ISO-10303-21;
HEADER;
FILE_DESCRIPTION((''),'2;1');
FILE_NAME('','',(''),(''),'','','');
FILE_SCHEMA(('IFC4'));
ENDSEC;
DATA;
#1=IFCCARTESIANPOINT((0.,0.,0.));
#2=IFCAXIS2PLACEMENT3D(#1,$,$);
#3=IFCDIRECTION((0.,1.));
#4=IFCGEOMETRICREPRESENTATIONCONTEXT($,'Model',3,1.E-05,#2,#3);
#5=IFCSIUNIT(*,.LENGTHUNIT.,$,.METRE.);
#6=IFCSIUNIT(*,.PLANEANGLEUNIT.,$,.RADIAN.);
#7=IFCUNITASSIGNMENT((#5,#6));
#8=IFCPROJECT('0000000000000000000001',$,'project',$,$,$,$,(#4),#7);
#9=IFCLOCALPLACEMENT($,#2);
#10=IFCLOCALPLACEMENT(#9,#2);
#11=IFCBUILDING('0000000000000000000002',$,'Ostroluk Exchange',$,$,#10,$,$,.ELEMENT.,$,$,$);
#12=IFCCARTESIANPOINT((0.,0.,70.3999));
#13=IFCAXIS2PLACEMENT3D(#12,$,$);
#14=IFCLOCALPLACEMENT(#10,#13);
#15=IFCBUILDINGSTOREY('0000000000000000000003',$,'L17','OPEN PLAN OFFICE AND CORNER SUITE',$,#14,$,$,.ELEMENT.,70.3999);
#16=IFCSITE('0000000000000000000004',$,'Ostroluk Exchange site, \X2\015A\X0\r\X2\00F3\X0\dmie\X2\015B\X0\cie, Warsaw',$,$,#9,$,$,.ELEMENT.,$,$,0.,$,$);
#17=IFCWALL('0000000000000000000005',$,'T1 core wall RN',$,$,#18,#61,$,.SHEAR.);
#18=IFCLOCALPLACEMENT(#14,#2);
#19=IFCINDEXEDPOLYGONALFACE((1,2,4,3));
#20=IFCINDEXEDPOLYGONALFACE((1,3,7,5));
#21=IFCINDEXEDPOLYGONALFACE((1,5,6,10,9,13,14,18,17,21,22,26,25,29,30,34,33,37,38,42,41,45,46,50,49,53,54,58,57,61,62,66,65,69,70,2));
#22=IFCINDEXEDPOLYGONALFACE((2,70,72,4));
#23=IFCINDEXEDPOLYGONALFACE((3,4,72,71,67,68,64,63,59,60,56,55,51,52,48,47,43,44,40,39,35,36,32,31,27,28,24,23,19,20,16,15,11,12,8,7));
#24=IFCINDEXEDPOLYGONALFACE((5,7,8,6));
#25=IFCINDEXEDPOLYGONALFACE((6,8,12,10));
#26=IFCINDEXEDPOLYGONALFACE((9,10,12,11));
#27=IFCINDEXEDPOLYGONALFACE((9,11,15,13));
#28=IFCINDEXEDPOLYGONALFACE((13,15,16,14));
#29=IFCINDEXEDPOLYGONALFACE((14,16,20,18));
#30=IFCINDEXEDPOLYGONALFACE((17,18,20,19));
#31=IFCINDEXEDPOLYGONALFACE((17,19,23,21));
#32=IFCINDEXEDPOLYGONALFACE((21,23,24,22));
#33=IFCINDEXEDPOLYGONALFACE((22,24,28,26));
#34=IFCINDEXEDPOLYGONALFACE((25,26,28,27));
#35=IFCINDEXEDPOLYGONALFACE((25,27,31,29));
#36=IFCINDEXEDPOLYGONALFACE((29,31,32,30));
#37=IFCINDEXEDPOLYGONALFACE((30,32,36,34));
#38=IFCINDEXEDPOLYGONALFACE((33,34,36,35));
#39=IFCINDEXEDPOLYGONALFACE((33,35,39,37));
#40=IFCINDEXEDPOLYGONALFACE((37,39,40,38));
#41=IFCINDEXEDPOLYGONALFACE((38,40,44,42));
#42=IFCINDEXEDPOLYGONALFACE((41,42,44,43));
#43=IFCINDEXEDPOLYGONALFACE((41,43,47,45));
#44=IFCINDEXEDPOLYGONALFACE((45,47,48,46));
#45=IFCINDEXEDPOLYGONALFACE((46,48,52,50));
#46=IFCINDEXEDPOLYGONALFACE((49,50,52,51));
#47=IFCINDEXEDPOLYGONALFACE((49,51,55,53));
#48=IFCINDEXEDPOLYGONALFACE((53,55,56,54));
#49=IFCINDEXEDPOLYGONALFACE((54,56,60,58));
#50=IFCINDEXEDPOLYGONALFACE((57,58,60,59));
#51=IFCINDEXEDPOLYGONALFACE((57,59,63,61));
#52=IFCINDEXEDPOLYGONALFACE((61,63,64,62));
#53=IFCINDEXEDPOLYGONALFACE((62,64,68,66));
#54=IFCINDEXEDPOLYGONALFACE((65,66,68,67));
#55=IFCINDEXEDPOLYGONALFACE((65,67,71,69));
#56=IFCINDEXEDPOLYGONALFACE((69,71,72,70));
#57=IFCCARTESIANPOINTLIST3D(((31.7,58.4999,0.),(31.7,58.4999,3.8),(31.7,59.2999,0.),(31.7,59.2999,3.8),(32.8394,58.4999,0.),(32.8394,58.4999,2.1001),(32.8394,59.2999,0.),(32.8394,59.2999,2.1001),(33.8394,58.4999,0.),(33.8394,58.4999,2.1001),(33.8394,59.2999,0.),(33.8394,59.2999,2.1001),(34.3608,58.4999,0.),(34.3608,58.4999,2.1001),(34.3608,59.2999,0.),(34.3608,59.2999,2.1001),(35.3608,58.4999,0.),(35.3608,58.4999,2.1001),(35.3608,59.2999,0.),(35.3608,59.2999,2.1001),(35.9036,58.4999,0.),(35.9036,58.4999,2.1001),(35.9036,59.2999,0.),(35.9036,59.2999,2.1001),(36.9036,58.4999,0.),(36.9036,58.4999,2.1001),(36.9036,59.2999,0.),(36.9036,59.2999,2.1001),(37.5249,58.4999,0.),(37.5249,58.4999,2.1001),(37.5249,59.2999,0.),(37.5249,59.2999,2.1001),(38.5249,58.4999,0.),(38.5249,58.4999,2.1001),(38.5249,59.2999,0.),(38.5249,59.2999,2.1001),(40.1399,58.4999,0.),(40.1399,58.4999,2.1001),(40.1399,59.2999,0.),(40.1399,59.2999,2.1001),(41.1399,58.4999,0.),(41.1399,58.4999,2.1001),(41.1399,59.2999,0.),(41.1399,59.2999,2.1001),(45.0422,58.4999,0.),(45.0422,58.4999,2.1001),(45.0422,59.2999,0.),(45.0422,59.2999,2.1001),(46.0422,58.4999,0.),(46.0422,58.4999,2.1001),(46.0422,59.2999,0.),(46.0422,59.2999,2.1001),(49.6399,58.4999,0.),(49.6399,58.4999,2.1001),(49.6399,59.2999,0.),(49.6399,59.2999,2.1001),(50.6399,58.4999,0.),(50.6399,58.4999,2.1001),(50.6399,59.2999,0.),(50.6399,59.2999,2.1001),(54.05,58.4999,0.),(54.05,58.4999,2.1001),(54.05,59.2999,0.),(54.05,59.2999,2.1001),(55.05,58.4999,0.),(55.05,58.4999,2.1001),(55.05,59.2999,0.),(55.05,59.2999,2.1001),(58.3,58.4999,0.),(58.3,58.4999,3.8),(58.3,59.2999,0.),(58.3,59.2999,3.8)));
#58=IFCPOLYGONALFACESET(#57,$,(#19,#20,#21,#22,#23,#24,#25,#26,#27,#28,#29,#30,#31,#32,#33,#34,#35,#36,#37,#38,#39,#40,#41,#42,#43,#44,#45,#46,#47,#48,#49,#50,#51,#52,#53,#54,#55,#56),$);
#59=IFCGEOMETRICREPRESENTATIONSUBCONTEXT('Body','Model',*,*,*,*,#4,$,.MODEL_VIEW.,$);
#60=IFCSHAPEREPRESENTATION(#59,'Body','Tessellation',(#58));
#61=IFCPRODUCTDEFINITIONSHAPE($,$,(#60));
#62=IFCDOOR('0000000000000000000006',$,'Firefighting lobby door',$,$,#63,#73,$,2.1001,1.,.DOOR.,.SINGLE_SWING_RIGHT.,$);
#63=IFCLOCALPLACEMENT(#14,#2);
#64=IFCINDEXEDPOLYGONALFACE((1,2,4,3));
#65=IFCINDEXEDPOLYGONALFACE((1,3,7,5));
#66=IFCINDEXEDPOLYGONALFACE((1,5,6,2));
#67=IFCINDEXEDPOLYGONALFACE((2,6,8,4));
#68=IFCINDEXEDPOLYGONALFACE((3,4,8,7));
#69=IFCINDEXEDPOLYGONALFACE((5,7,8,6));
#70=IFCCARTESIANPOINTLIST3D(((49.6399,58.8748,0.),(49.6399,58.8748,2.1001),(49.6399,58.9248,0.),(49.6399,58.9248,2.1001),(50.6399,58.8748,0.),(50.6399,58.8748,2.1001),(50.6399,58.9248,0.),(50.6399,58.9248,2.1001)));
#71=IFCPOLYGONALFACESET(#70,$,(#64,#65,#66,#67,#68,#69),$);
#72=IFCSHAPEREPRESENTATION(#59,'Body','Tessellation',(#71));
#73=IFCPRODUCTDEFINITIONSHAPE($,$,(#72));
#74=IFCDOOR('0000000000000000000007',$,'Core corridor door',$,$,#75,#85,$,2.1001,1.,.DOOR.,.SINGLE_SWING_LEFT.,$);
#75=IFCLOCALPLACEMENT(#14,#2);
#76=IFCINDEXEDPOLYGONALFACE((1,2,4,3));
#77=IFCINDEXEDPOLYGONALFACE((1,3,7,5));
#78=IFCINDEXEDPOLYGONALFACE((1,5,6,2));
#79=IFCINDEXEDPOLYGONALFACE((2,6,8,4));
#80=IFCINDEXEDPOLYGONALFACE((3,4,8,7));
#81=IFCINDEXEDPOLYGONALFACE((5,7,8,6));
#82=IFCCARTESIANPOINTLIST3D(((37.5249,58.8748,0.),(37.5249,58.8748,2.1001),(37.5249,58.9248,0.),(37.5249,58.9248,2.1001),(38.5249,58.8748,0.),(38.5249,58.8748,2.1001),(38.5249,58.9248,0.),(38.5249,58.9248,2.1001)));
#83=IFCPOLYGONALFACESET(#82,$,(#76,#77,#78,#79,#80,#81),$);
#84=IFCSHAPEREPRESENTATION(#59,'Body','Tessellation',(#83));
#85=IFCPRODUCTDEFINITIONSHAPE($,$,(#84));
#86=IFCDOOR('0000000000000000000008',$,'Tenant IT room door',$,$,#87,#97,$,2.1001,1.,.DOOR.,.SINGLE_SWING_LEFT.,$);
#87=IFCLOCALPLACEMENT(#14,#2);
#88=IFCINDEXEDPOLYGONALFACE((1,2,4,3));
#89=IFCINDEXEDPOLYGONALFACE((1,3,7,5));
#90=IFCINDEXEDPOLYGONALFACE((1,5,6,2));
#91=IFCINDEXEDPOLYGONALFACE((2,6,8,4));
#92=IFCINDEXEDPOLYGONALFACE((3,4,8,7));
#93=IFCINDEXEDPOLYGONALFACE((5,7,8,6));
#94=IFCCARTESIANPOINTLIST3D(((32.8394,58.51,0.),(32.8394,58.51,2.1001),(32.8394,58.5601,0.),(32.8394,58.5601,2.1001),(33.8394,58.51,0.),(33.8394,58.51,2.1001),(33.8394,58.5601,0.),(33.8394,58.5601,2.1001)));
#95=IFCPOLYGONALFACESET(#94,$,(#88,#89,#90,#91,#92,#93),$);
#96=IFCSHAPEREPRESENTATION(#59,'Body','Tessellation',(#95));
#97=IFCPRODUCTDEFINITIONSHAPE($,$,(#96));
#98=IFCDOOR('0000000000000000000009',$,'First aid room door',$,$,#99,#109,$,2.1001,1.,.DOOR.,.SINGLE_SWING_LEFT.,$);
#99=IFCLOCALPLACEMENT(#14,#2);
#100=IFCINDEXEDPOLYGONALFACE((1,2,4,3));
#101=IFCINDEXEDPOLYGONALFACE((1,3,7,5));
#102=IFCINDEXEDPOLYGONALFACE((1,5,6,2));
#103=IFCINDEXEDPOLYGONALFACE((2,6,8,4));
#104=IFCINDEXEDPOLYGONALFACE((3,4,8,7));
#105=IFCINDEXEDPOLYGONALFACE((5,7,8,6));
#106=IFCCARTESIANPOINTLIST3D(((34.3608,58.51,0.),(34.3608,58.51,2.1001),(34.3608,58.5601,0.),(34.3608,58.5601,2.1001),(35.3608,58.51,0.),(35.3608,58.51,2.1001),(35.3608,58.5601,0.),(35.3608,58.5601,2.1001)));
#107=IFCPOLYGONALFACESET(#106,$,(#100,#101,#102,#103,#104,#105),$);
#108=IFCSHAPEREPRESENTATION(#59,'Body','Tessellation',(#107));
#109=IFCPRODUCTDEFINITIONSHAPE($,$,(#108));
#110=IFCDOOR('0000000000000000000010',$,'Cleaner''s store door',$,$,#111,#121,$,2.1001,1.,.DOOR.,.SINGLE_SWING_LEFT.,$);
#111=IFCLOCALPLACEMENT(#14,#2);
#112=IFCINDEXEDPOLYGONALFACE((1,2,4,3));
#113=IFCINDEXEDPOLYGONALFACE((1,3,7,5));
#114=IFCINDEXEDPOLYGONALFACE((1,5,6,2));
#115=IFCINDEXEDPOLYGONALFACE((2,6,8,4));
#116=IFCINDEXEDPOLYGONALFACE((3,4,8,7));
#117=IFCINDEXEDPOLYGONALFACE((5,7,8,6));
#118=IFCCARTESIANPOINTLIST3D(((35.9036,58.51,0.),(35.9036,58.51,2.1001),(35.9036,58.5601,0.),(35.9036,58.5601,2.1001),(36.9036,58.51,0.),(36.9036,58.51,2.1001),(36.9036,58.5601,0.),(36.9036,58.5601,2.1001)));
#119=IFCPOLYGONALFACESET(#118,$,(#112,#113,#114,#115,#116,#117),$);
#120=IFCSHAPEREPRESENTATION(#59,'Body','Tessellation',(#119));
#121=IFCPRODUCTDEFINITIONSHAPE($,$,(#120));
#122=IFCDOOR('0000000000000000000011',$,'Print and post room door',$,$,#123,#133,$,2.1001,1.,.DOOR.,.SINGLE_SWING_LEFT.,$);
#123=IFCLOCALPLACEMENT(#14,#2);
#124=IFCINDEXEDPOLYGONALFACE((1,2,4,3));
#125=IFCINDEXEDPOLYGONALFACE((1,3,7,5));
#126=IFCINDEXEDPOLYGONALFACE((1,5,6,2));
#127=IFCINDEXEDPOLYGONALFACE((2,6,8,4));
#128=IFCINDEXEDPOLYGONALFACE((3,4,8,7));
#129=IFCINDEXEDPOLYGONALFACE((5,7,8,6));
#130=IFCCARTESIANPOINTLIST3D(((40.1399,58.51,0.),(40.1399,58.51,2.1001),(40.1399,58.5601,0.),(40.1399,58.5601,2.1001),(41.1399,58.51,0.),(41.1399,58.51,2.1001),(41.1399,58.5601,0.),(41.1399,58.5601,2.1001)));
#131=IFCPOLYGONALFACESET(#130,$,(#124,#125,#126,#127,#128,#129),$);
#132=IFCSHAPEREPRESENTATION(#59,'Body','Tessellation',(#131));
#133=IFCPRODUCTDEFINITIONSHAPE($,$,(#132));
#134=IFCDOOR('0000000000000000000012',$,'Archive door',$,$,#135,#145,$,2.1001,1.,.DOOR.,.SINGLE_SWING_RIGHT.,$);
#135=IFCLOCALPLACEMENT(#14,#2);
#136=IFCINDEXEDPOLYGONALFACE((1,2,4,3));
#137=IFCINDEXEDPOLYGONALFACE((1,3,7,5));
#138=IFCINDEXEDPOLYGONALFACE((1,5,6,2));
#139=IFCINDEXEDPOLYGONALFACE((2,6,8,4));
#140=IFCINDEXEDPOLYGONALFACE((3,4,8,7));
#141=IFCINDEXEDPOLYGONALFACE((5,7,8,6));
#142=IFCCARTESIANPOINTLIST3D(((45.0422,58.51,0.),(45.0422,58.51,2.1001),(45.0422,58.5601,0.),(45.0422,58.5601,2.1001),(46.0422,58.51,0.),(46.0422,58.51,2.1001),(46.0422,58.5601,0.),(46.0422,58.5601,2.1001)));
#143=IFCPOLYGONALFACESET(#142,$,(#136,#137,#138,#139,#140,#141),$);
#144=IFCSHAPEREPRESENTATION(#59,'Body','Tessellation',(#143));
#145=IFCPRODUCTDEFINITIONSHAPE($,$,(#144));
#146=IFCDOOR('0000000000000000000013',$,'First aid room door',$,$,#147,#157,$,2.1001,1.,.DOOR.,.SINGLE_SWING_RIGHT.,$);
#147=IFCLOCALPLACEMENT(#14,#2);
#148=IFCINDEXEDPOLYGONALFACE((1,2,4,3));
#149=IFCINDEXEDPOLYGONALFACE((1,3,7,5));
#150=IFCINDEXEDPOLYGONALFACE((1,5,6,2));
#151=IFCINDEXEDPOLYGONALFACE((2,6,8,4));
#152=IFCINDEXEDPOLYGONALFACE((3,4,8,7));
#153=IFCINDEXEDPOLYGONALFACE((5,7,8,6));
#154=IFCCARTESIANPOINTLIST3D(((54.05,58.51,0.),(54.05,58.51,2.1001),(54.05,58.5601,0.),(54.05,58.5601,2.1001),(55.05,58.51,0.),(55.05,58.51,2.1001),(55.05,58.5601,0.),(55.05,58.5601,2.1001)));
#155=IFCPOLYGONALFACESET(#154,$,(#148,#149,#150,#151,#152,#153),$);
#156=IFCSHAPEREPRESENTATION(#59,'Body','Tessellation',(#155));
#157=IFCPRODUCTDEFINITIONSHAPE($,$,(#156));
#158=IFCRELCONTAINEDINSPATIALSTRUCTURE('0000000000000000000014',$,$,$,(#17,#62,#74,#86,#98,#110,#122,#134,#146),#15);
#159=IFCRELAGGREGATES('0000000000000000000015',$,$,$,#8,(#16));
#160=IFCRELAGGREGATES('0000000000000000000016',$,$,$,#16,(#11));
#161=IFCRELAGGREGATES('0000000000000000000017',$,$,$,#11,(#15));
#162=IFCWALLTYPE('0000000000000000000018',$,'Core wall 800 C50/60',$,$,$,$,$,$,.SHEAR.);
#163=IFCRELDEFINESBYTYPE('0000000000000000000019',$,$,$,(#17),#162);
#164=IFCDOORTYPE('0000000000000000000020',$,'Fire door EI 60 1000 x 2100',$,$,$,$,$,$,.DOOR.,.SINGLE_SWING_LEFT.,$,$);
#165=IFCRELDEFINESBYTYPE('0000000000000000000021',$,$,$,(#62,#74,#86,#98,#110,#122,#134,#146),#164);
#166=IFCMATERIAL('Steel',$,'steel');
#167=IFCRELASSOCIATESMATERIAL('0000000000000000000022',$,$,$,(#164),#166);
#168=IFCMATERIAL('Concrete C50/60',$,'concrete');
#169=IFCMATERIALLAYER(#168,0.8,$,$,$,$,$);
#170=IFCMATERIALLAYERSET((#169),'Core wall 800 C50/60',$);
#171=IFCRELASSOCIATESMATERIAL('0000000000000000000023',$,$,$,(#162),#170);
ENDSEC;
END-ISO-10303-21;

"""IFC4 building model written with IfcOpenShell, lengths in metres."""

from ifc_helpers import new_model, si_unit, direction, frame, frame_2d, origin, place, context, subcontext, project, spatial, rectangle, extrude, material, layer, layer_set, type_object, element, fill, save


model = new_model("IFC4")

# Units and contexts
model_context = context("Model", 3, precision=1e-05, world=origin(), true_north=direction((0.0, 1.0)))
body_context = subcontext(model_context, "Body", "Model", "MODEL_VIEW")
ifc_project = project(units=[si_unit("LENGTHUNIT", "METRE"), si_unit("PLANEANGLEUNIT", "RADIAN")], contexts=[model_context])

# Site, building, storey
site_placement = place(None, origin())
site = spatial("IfcSite", under=ifc_project, at=site_placement, Name="Ostroluk Exchange site, Śródmieście, Warsaw", CompositionType="ELEMENT", RefElevation=0.0)
building_placement = place(site_placement, origin())
building = spatial("IfcBuilding", under=site, at=building_placement, Name="Ostroluk Exchange", CompositionType="ELEMENT")
storey_placement = place(building_placement, frame((0.0, 0.0, 70.3999)))
storey = spatial("IfcBuildingStorey", under=building, at=storey_placement, Name="L17", Description="OPEN PLAN OFFICE AND CORNER SUITE", CompositionType="ELEMENT", Elevation=70.3999)

# Wall, openings, doors
ifc_material_1 = material(Name="Steel", Category="steel")
door_type = type_object("IfcDoorType", Name="Fire door EI 60 1000 x 2100", OperationType="SINGLE_SWING_LEFT", PredefinedType="DOOR", material=ifc_material_1)
ifc_material_2 = material(Name="Concrete C50/60", Category="concrete")
ifc_layer_1 = layer(ifc_material_2, 0.8)
ifc_layer_set_1 = layer_set([ifc_layer_1], Name="Core wall 800 C50/60")
wall_type_1 = type_object("IfcWallType", Name="Core wall 800 C50/60", PredefinedType="SHEAR", material=ifc_layer_set_1)
wall_1_placement = place(storey_placement, frame((31.7, 58.8999, 0.0), z_axis=(0.0, 0.0, 1.0), x_axis=(1.0, 0.0, 0.0)))
wall_1 = element("IfcWall", 1, at=wall_1_placement, inside=storey, type_object=wall_type_1, Name="T1 core wall RN", PredefinedType="SHEAR", context=body_context, shape_type="SweptSolid", body=[
    extrude(rectangle(XDim=26.6001, YDim=0.8, at=frame_2d((13.3, 0.0))), origin(), (0.0, 0.0, 1.0), 3.8),
])
opening_1_placement = place(wall_1_placement, frame((17.9399, 0.0, 0.0)))
opening_1 = element("IfcOpeningElement", 2, at=opening_1_placement, cuts=wall_1, PredefinedType="OPENING", context=body_context, shape_type="SweptSolid", body=[
    extrude(rectangle(XDim=1.0, YDim=2.1001, at=frame_2d((0.5, 1.05))), frame((0.0, 0.4099, 0.0), z_axis=(0.0, -1.0, 0.0), x_axis=(1.0, 0.0, 0.0)), (0.0, 0.0, 1.0), 0.8201),
])
opening_2_placement = place(wall_1_placement, frame((5.825, 0.0, 0.0)))
opening_2 = element("IfcOpeningElement", 3, at=opening_2_placement, cuts=wall_1, PredefinedType="OPENING", context=body_context, shape_type="SweptSolid", body=[
    extrude(rectangle(XDim=1.0, YDim=2.1001, at=frame_2d((0.5, 1.05))), frame((0.0, 0.4099, 0.0), z_axis=(0.0, -1.0, 0.0), x_axis=(1.0, 0.0, 0.0)), (0.0, 0.0, 1.0), 0.8201),
])
opening_3_placement = place(wall_1_placement, frame((1.1394, 0.0, 0.0)))
opening_3 = element("IfcOpeningElement", 4, at=opening_3_placement, cuts=wall_1, PredefinedType="OPENING", context=body_context, shape_type="SweptSolid", body=[
    extrude(rectangle(XDim=1.0, YDim=2.1001, at=frame_2d((0.5, 1.05))), frame((0.0, 0.4099, 0.0), z_axis=(0.0, -1.0, 0.0), x_axis=(1.0, 0.0, 0.0)), (0.0, 0.0, 1.0), 0.8201),
])
opening_4_placement = place(wall_1_placement, frame((2.6609, 0.0, 0.0)))
opening_4 = element("IfcOpeningElement", 5, at=opening_4_placement, cuts=wall_1, PredefinedType="OPENING", context=body_context, shape_type="SweptSolid", body=[
    extrude(rectangle(XDim=1.0, YDim=2.1001, at=frame_2d((0.5, 1.05))), frame((0.0, 0.4099, 0.0), z_axis=(0.0, -1.0, 0.0), x_axis=(1.0, 0.0, 0.0)), (0.0, 0.0, 1.0), 0.8201),
])
opening_5_placement = place(wall_1_placement, frame((4.2036, 0.0, 0.0)))
opening_5 = element("IfcOpeningElement", 6, at=opening_5_placement, cuts=wall_1, PredefinedType="OPENING", context=body_context, shape_type="SweptSolid", body=[
    extrude(rectangle(XDim=1.0, YDim=2.1001, at=frame_2d((0.5, 1.05))), frame((0.0, 0.4099, 0.0), z_axis=(0.0, -1.0, 0.0), x_axis=(1.0, 0.0, 0.0)), (0.0, 0.0, 1.0), 0.8201),
])
opening_6_placement = place(wall_1_placement, frame((8.4399, 0.0, 0.0)))
opening_6 = element("IfcOpeningElement", 7, at=opening_6_placement, cuts=wall_1, PredefinedType="OPENING", context=body_context, shape_type="SweptSolid", body=[
    extrude(rectangle(XDim=1.0, YDim=2.1001, at=frame_2d((0.5, 1.05))), frame((0.0, 0.4099, 0.0), z_axis=(0.0, -1.0, 0.0), x_axis=(1.0, 0.0, 0.0)), (0.0, 0.0, 1.0), 0.8201),
])
opening_7_placement = place(wall_1_placement, frame((13.3423, 0.0, 0.0)))
opening_7 = element("IfcOpeningElement", 8, at=opening_7_placement, cuts=wall_1, PredefinedType="OPENING", context=body_context, shape_type="SweptSolid", body=[
    extrude(rectangle(XDim=1.0, YDim=2.1001, at=frame_2d((0.5, 1.05))), frame((0.0, 0.4099, 0.0), z_axis=(0.0, -1.0, 0.0), x_axis=(1.0, 0.0, 0.0)), (0.0, 0.0, 1.0), 0.8201),
])
opening_8_placement = place(wall_1_placement, frame((22.3501, 0.0, 0.0)))
opening_8 = element("IfcOpeningElement", 9, at=opening_8_placement, cuts=wall_1, PredefinedType="OPENING", context=body_context, shape_type="SweptSolid", body=[
    extrude(rectangle(XDim=1.0, YDim=2.1001, at=frame_2d((0.5, 1.05))), frame((0.0, 0.4099, 0.0), z_axis=(0.0, -1.0, 0.0), x_axis=(1.0, 0.0, 0.0)), (0.0, 0.0, 1.0), 0.8201),
])
door_1_placement = place(opening_1_placement, origin())
door_1 = element("IfcDoor", 10, at=door_1_placement, inside=storey, type_object=door_type, Name="Firefighting lobby door", OperationType="SINGLE_SWING_RIGHT", OverallHeight=2.1001, OverallWidth=1.0, PredefinedType="DOOR", context=body_context, shape_type="SweptSolid", body=[
    extrude(rectangle(XDim=1.0, YDim=2.1001, at=frame_2d((0.5, 1.05))), frame((0.0, 0.0249, 0.0), z_axis=(0.0, -1.0, 0.0), x_axis=(1.0, 0.0, 0.0)), (0.0, 0.0, 1.0), 0.05),
])
fill(opening_1, door_1)
door_2_placement = place(opening_2_placement, origin())
door_2 = element("IfcDoor", 11, at=door_2_placement, inside=storey, type_object=door_type, Name="Core corridor door", OperationType="SINGLE_SWING_LEFT", OverallHeight=2.1001, OverallWidth=1.0, PredefinedType="DOOR", context=body_context, shape_type="SweptSolid", body=[
    extrude(rectangle(XDim=1.0, YDim=2.1001, at=frame_2d((0.5, 1.05))), frame((0.0, 0.0249, 0.0), z_axis=(0.0, -1.0, 0.0), x_axis=(1.0, 0.0, 0.0)), (0.0, 0.0, 1.0), 0.05),
])
fill(opening_2, door_2)
door_3_placement = place(opening_3_placement, origin())
door_3 = element("IfcDoor", 12, at=door_3_placement, inside=storey, type_object=door_type, Name="Tenant IT room door", OperationType="SINGLE_SWING_LEFT", OverallHeight=2.1001, OverallWidth=1.0, PredefinedType="DOOR", context=body_context, shape_type="SweptSolid", body=[
    extrude(rectangle(XDim=1.0, YDim=2.1001, at=frame_2d((0.5, 1.05))), frame((0.0, -0.3398, 0.0), z_axis=(0.0, -1.0, 0.0), x_axis=(1.0, 0.0, 0.0)), (0.0, 0.0, 1.0), 0.05),
])
fill(opening_3, door_3)
door_4_placement = place(opening_4_placement, origin())
door_4 = element("IfcDoor", 13, at=door_4_placement, inside=storey, type_object=door_type, Name="First aid room door", OperationType="SINGLE_SWING_LEFT", OverallHeight=2.1001, OverallWidth=1.0, PredefinedType="DOOR", context=body_context, shape_type="SweptSolid", body=[
    extrude(rectangle(XDim=1.0, YDim=2.1001, at=frame_2d((0.5, 1.05))), frame((0.0, -0.3398, 0.0), z_axis=(0.0, -1.0, 0.0), x_axis=(1.0, 0.0, 0.0)), (0.0, 0.0, 1.0), 0.05),
])
fill(opening_4, door_4)
door_5_placement = place(opening_5_placement, origin())
door_5 = element("IfcDoor", 14, at=door_5_placement, inside=storey, type_object=door_type, Name="Cleaner's store door", OperationType="SINGLE_SWING_LEFT", OverallHeight=2.1001, OverallWidth=1.0, PredefinedType="DOOR", context=body_context, shape_type="SweptSolid", body=[
    extrude(rectangle(XDim=1.0, YDim=2.1001, at=frame_2d((0.5, 1.05))), frame((0.0, -0.3398, 0.0), z_axis=(0.0, -1.0, 0.0), x_axis=(1.0, 0.0, 0.0)), (0.0, 0.0, 1.0), 0.05),
])
fill(opening_5, door_5)
door_6_placement = place(opening_6_placement, origin())
door_6 = element("IfcDoor", 15, at=door_6_placement, inside=storey, type_object=door_type, Name="Print and post room door", OperationType="SINGLE_SWING_LEFT", OverallHeight=2.1001, OverallWidth=1.0, PredefinedType="DOOR", context=body_context, shape_type="SweptSolid", body=[
    extrude(rectangle(XDim=1.0, YDim=2.1001, at=frame_2d((0.5, 1.05))), frame((0.0, -0.3398, 0.0), z_axis=(0.0, -1.0, 0.0), x_axis=(1.0, 0.0, 0.0)), (0.0, 0.0, 1.0), 0.05),
])
fill(opening_6, door_6)
door_7_placement = place(opening_7_placement, origin())
door_7 = element("IfcDoor", 16, at=door_7_placement, inside=storey, type_object=door_type, Name="Archive door", OperationType="SINGLE_SWING_RIGHT", OverallHeight=2.1001, OverallWidth=1.0, PredefinedType="DOOR", context=body_context, shape_type="SweptSolid", body=[
    extrude(rectangle(XDim=1.0, YDim=2.1001, at=frame_2d((0.5, 1.05))), frame((0.0, -0.3398, 0.0), z_axis=(0.0, -1.0, 0.0), x_axis=(1.0, 0.0, 0.0)), (0.0, 0.0, 1.0), 0.05),
])
fill(opening_7, door_7)
door_8_placement = place(opening_8_placement, origin())
door_8 = element("IfcDoor", 17, at=door_8_placement, inside=storey, type_object=door_type, Name="First aid room door", OperationType="SINGLE_SWING_RIGHT", OverallHeight=2.1001, OverallWidth=1.0, PredefinedType="DOOR", context=body_context, shape_type="SweptSolid", body=[
    extrude(rectangle(XDim=1.0, YDim=2.1001, at=frame_2d((0.5, 1.05))), frame((0.0, -0.3398, 0.0), z_axis=(0.0, -1.0, 0.0), x_axis=(1.0, 0.0, 0.0)), (0.0, 0.0, 1.0), 0.05),
])
fill(opening_8, door_8)

save(model, "model.ifc")
